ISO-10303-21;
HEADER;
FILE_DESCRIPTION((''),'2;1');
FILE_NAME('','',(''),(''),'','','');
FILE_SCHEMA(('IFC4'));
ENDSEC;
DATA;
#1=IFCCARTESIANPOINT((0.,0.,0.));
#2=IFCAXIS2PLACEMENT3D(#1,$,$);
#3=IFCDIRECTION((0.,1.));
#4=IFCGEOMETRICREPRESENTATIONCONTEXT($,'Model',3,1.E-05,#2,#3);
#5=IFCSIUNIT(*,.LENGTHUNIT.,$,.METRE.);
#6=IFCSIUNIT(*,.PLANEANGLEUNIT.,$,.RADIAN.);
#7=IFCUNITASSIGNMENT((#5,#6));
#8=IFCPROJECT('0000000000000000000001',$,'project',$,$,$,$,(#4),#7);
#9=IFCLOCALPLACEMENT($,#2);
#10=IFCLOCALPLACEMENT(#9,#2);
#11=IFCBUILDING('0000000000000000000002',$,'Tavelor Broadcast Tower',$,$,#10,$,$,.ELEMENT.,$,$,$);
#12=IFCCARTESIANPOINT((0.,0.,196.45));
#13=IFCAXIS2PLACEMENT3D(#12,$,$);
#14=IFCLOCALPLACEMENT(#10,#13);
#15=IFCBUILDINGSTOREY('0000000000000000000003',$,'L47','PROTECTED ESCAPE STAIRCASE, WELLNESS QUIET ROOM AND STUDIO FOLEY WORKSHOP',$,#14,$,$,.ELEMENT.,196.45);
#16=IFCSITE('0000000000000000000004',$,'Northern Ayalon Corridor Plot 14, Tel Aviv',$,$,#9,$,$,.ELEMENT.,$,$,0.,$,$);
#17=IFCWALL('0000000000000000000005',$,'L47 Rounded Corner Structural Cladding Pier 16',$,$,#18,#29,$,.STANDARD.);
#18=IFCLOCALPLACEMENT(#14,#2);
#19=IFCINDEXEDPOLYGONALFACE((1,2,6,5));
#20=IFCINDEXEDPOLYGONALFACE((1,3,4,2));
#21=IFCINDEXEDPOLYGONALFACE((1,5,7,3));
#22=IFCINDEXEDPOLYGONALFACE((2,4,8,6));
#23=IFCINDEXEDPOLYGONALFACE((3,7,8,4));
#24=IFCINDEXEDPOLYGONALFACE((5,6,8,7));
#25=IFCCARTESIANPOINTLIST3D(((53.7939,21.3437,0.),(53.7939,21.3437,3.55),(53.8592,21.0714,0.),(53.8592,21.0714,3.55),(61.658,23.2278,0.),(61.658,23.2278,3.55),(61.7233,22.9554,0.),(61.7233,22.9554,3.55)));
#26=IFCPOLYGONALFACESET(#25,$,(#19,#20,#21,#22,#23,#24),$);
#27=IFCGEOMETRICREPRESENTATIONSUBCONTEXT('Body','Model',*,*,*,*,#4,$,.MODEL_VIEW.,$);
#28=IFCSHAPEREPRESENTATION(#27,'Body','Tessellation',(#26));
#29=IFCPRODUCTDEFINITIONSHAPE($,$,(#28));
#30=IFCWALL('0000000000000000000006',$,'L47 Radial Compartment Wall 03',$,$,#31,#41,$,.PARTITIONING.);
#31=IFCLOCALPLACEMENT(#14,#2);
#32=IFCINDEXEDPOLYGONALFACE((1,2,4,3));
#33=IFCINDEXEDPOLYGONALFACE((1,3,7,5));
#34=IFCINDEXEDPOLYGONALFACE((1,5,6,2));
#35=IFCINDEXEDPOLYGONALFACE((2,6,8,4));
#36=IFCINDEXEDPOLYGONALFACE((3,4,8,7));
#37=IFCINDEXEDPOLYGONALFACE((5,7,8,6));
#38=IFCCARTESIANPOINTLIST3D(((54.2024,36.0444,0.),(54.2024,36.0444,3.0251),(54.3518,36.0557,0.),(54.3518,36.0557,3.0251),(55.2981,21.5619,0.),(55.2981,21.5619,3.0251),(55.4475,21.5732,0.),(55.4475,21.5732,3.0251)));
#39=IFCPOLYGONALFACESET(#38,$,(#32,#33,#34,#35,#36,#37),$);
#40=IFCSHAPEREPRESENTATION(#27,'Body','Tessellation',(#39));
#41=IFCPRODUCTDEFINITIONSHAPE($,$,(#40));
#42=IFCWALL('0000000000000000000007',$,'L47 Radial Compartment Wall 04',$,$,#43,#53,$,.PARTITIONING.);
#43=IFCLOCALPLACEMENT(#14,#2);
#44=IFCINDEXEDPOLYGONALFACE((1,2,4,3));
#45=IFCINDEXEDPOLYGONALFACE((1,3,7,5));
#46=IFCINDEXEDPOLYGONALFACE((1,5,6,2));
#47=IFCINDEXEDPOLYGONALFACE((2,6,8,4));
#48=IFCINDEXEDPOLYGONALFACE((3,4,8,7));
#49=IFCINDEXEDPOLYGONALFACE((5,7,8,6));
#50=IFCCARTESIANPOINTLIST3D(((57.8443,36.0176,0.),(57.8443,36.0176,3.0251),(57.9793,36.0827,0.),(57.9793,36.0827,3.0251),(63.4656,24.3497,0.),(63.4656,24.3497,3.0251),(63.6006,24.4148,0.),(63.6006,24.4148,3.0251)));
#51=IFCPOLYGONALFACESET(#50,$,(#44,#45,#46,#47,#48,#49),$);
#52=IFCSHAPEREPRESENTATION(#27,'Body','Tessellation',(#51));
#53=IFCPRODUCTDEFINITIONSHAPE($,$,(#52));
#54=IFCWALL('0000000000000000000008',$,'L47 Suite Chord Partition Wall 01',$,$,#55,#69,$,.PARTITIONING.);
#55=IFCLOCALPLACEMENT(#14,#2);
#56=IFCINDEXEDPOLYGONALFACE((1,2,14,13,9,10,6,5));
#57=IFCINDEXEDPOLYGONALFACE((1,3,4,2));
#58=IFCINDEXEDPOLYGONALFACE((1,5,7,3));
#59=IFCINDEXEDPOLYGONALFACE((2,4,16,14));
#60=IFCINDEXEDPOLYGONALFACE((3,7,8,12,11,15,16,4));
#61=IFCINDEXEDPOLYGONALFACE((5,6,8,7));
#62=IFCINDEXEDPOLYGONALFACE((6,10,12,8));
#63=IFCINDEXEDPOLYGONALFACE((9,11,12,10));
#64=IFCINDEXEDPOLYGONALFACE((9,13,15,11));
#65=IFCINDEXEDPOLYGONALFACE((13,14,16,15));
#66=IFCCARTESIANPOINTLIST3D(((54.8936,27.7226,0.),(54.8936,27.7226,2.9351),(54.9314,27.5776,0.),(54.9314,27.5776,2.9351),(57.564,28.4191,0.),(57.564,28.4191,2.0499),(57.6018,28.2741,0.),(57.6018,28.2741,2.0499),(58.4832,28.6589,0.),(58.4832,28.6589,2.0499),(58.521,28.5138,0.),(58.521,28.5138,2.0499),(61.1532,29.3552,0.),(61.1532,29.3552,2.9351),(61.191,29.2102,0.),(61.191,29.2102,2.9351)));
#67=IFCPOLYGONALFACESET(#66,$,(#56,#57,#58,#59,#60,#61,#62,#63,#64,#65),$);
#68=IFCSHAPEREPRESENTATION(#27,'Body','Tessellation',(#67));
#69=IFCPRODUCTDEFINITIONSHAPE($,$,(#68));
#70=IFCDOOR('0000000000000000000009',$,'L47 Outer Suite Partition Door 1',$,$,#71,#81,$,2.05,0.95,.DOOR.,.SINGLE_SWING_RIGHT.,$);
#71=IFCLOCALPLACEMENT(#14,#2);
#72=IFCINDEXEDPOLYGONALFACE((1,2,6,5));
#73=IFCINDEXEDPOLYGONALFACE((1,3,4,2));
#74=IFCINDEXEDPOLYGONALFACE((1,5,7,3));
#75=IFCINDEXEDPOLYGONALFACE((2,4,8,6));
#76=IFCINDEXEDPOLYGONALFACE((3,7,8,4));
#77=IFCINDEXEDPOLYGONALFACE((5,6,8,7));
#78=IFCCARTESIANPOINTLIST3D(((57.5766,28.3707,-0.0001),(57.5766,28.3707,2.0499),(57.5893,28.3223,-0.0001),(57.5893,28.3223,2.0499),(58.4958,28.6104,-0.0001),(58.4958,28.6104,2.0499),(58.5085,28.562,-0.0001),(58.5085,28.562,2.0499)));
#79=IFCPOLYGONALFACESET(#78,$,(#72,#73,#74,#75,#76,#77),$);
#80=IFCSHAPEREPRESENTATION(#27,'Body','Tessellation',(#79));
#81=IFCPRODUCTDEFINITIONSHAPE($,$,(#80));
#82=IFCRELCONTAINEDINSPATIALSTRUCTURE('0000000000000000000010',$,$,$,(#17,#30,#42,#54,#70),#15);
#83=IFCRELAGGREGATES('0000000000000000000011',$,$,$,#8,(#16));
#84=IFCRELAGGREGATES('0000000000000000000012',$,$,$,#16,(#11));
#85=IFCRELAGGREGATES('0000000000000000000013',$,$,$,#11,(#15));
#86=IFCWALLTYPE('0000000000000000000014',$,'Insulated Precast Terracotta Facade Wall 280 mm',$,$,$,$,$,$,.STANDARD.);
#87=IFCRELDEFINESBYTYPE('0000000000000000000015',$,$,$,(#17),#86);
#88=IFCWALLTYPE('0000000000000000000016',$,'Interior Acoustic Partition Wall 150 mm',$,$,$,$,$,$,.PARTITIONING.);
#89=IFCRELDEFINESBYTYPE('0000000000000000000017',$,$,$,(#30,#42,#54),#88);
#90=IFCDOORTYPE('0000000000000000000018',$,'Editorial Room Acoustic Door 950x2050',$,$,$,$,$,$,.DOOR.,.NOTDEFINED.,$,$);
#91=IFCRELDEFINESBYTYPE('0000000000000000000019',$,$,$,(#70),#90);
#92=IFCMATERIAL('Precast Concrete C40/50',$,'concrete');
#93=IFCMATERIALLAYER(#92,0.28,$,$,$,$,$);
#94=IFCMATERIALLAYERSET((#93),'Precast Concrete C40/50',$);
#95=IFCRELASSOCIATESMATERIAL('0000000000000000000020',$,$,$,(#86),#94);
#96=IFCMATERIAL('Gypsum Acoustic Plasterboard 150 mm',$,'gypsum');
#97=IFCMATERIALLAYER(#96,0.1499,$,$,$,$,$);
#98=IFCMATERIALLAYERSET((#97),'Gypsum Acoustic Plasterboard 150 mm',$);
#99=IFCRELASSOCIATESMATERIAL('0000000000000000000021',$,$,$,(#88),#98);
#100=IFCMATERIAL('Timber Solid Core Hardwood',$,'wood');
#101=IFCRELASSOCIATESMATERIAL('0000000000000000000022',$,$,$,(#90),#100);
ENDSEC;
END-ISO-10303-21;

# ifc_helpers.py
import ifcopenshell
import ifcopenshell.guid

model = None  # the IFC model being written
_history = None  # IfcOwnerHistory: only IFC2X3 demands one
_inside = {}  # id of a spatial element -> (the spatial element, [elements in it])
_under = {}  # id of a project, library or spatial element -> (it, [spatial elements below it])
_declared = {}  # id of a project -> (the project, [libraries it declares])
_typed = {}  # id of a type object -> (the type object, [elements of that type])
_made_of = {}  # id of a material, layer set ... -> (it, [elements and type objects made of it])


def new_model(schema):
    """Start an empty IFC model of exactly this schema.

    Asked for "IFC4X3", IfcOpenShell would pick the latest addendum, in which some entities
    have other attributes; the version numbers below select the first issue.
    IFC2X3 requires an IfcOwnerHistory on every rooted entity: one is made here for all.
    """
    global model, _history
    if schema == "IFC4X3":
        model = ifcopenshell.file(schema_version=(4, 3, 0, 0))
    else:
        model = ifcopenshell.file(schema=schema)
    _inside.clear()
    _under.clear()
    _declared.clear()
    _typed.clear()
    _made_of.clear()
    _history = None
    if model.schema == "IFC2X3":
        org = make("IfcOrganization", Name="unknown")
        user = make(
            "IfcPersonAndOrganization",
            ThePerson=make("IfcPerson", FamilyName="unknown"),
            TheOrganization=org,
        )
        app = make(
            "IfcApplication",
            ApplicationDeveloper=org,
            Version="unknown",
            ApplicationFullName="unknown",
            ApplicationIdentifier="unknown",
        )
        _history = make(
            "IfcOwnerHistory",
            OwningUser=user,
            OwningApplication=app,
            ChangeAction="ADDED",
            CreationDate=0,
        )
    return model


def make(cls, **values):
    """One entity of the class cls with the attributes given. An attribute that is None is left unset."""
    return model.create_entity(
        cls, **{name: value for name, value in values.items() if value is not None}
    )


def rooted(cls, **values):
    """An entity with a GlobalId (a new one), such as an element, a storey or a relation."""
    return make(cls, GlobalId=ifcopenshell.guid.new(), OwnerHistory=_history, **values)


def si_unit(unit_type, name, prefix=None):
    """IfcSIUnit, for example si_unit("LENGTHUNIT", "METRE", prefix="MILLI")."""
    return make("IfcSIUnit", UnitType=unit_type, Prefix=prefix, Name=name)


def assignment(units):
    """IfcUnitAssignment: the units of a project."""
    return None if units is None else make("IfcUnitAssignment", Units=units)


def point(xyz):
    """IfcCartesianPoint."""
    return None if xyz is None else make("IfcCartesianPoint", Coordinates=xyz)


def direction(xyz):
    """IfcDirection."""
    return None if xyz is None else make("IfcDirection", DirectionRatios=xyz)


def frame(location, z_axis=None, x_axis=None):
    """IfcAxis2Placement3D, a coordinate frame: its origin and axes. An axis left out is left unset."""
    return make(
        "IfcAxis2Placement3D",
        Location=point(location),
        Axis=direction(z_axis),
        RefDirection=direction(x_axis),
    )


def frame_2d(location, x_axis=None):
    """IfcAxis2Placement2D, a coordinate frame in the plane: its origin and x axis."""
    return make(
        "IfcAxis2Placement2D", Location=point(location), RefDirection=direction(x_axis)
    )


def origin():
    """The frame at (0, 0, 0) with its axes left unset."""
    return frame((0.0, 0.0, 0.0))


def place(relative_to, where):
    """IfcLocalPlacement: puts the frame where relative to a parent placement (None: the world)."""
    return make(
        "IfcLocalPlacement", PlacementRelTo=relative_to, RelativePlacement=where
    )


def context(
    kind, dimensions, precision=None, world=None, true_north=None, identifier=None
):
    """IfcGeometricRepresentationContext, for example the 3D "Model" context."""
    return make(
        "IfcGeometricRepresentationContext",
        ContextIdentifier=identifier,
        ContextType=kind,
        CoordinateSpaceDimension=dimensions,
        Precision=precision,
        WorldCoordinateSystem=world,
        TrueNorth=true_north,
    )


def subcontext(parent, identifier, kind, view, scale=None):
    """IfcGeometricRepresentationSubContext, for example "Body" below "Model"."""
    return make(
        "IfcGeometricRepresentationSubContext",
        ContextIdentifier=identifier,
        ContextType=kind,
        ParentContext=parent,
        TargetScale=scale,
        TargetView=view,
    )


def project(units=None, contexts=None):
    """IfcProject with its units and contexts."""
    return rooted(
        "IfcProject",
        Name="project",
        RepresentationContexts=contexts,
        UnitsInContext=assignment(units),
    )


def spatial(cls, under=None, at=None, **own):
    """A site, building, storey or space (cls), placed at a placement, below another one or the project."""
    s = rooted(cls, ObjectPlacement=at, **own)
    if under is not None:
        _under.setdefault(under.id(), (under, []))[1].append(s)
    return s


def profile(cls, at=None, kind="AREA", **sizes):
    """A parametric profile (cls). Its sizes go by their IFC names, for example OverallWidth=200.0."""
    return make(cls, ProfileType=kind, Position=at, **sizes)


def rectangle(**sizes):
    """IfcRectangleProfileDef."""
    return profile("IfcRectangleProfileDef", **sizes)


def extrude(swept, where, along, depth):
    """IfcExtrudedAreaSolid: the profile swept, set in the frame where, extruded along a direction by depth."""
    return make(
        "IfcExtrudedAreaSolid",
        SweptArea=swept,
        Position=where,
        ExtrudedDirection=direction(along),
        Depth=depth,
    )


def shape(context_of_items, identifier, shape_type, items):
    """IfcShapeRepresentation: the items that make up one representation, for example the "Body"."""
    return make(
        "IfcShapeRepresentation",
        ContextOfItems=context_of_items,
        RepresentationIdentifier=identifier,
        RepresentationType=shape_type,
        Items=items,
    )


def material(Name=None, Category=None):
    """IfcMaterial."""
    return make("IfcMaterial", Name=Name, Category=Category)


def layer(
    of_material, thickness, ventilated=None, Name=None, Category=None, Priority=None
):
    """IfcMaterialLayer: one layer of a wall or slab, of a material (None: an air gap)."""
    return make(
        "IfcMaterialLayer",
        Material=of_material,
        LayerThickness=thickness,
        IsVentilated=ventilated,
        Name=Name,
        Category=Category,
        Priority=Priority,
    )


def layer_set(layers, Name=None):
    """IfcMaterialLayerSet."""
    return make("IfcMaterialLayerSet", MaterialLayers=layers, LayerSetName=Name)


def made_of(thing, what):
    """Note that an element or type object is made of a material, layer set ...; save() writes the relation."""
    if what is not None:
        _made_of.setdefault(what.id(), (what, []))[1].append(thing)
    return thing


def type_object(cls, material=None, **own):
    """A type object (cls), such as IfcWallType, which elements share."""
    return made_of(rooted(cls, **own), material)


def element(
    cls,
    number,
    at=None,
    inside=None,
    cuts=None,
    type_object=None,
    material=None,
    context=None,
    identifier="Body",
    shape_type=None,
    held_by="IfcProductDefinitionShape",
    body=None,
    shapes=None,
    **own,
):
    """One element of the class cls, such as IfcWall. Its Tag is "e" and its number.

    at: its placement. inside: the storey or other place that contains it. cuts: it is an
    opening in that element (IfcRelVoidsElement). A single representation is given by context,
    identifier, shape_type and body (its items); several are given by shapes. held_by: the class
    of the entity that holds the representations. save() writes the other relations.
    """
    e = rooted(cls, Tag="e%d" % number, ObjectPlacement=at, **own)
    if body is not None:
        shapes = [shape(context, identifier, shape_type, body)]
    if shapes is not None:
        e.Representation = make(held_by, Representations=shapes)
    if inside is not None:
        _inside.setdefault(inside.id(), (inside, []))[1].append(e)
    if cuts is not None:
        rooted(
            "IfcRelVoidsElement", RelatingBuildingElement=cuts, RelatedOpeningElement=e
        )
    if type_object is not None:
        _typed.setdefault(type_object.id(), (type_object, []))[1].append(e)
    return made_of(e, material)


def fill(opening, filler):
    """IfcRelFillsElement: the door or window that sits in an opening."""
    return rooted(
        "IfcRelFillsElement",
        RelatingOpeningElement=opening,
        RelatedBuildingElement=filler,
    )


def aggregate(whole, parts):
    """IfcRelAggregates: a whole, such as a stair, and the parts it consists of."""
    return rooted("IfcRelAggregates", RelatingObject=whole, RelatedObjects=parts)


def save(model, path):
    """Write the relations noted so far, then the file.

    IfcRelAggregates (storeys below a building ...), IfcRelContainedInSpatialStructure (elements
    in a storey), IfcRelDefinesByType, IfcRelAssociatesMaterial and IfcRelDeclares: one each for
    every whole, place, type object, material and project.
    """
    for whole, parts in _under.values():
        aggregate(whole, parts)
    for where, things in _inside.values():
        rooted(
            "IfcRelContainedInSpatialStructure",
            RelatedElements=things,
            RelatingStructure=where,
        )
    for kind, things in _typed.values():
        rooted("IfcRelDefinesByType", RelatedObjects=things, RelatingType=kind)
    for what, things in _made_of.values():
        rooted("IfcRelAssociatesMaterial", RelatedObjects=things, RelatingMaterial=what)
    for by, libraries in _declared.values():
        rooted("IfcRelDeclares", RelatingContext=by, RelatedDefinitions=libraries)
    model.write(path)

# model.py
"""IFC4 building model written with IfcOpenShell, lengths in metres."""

from ifc_helpers import new_model, si_unit, direction, frame, frame_2d, origin, place, context, subcontext, project, spatial, rectangle, extrude, material, layer, layer_set, type_object, element, fill, save


model = new_model("IFC4")

# Units and contexts
model_context = context("Model", 3, precision=1e-05, world=origin(), true_north=direction((0.0, 1.0)))
body_context = subcontext(model_context, "Body", "Model", "MODEL_VIEW")
ifc_project = project(units=[si_unit("LENGTHUNIT", "METRE"), si_unit("PLANEANGLEUNIT", "RADIAN")], contexts=[model_context])

# Site, building, storey
site_placement = place(None, origin())
site = spatial("IfcSite", under=ifc_project, at=site_placement, Name="Northern Ayalon Corridor Plot 14, Tel Aviv", CompositionType="ELEMENT", RefElevation=0.0)
building_placement = place(site_placement, origin())
building = spatial("IfcBuilding", under=site, at=building_placement, Name="Tavelor Broadcast Tower", CompositionType="ELEMENT")
storey_placement = place(building_placement, frame((0.0, 0.0, 196.45)))
storey = spatial("IfcBuildingStorey", under=building, at=storey_placement, Name="L47", Description="PROTECTED ESCAPE STAIRCASE, WELLNESS QUIET ROOM AND STUDIO FOLEY WORKSHOP", CompositionType="ELEMENT", Elevation=196.45)

# Shared definitions
ifc_material_1 = material(Name="Timber Solid Core Hardwood", Category="wood")

# Walls
ifc_material_2 = material(Name="Precast Concrete C40/50", Category="concrete")
ifc_layer_1 = layer(ifc_material_2, 0.28)
ifc_layer_set_1 = layer_set([ifc_layer_1], Name="Precast Concrete C40/50")
wall_type_1 = type_object("IfcWallType", Name="Insulated Precast Terracotta Facade Wall 280 mm", PredefinedType="STANDARD", material=ifc_layer_set_1)
wall_1_placement = place(storey_placement, frame((53.8264, 21.2075, 0.0), z_axis=(0.0, 0.0, 1.0), x_axis=(0.972481, 0.232984, 0.0)))
element("IfcWall", 1, at=wall_1_placement, inside=storey, type_object=wall_type_1, Name="L47 Rounded Corner Structural Cladding Pier 16", PredefinedType="STANDARD", context=body_context, shape_type="SweptSolid", body=[
    extrude(rectangle(XDim=8.0867, YDim=0.28, at=frame_2d((4.0435, 0.0))), origin(), (0.0, 0.0, 1.0), 3.55),
])
ifc_material_3 = material(Name="Gypsum Acoustic Plasterboard 150 mm", Category="gypsum")
ifc_layer_2 = layer(ifc_material_3, 0.1499)
ifc_layer_set_2 = layer_set([ifc_layer_2], Name="Gypsum Acoustic Plasterboard 150 mm")
wall_type_2 = type_object("IfcWallType", Name="Interior Acoustic Partition Wall 150 mm", PredefinedType="PARTITIONING", material=ifc_layer_set_2)
wall_2_placement = place(storey_placement, frame((54.2771, 36.05, 0.0), z_axis=(0.0, 0.0, 1.0), x_axis=(0.075442, -0.99715, 0.0)))
element("IfcWall", 2, at=wall_2_placement, inside=storey, type_object=wall_type_2, Name="L47 Radial Compartment Wall 03", PredefinedType="PARTITIONING", context=body_context, shape_type="SweptSolid", body=[
    extrude(rectangle(XDim=14.5239, YDim=0.1499, at=frame_2d((7.262, 0.0))), origin(), (0.0, 0.0, 1.0), 3.0251),
])
wall_3_placement = place(storey_placement, frame((57.9119, 36.05, 0.0), z_axis=(0.0, 0.0, 1.0), x_axis=(0.43403, -0.900898, 0.0)))
element("IfcWall", 3, at=wall_3_placement, inside=storey, type_object=wall_type_2, Name="L47 Radial Compartment Wall 04", PredefinedType="PARTITIONING", context=body_context, shape_type="SweptSolid", body=[
    extrude(rectangle(XDim=12.9514, YDim=0.1499, at=frame_2d((6.4756, 0.0))), origin(), (0.0, 0.0, 1.0), 3.0251),
])

# Wall, opening, door
wall_4_placement = place(storey_placement, frame((54.9126, 27.6501, 0.0), z_axis=(0.0, 0.0, 1.0), x_axis=(0.96763, 0.252371, 0.0)))
wall_4 = element("IfcWall", 4, at=wall_4_placement, inside=storey, type_object=wall_type_2, Name="L47 Suite Chord Partition Wall 01", PredefinedType="PARTITIONING", context=body_context, shape_type="SweptSolid", body=[
    extrude(rectangle(XDim=6.469, YDim=0.1499, at=frame_2d((3.2344, 0.0))), origin(), (0.0, 0.0, 1.0), 2.9351),
])
opening_1_placement = place(wall_4_placement, frame((2.7595, 0.0, 0.0)))
opening_1 = element("IfcOpeningElement", 5, at=opening_1_placement, cuts=wall_4, PredefinedType="OPENING", context=body_context, shape_type="SweptSolid", body=[
    extrude(rectangle(XDim=0.95, YDim=2.05, at=frame_2d((0.4751, 1.0249))), frame((0.0, 0.085, 0.0), z_axis=(0.0, -1.0, 0.0), x_axis=(1.0, 0.0, 0.0)), (0.0, 0.0, 1.0), 0.1699),
])
door_type_1 = type_object("IfcDoorType", Name="Editorial Room Acoustic Door 950x2050", OperationType="NOTDEFINED", PredefinedType="DOOR", material=ifc_material_1)
door_1_placement = place(opening_1_placement, origin())
door_1 = element("IfcDoor", 6, at=door_1_placement, inside=storey, type_object=door_type_1, Name="L47 Outer Suite Partition Door 1", OperationType="SINGLE_SWING_RIGHT", OverallHeight=2.05, OverallWidth=0.95, PredefinedType="DOOR", context=body_context, shape_type="SweptSolid", body=[
    extrude(rectangle(XDim=0.95, YDim=2.05, at=frame_2d((0.4751, 1.0249))), frame((0.0, 0.0249, 0.0), z_axis=(0.0, -1.0, 0.0), x_axis=(1.0, 0.0, 0.0)), (0.0, 0.0, 1.0), 0.05),
])
fill(opening_1, door_1)

save(model, "model.ifc")
